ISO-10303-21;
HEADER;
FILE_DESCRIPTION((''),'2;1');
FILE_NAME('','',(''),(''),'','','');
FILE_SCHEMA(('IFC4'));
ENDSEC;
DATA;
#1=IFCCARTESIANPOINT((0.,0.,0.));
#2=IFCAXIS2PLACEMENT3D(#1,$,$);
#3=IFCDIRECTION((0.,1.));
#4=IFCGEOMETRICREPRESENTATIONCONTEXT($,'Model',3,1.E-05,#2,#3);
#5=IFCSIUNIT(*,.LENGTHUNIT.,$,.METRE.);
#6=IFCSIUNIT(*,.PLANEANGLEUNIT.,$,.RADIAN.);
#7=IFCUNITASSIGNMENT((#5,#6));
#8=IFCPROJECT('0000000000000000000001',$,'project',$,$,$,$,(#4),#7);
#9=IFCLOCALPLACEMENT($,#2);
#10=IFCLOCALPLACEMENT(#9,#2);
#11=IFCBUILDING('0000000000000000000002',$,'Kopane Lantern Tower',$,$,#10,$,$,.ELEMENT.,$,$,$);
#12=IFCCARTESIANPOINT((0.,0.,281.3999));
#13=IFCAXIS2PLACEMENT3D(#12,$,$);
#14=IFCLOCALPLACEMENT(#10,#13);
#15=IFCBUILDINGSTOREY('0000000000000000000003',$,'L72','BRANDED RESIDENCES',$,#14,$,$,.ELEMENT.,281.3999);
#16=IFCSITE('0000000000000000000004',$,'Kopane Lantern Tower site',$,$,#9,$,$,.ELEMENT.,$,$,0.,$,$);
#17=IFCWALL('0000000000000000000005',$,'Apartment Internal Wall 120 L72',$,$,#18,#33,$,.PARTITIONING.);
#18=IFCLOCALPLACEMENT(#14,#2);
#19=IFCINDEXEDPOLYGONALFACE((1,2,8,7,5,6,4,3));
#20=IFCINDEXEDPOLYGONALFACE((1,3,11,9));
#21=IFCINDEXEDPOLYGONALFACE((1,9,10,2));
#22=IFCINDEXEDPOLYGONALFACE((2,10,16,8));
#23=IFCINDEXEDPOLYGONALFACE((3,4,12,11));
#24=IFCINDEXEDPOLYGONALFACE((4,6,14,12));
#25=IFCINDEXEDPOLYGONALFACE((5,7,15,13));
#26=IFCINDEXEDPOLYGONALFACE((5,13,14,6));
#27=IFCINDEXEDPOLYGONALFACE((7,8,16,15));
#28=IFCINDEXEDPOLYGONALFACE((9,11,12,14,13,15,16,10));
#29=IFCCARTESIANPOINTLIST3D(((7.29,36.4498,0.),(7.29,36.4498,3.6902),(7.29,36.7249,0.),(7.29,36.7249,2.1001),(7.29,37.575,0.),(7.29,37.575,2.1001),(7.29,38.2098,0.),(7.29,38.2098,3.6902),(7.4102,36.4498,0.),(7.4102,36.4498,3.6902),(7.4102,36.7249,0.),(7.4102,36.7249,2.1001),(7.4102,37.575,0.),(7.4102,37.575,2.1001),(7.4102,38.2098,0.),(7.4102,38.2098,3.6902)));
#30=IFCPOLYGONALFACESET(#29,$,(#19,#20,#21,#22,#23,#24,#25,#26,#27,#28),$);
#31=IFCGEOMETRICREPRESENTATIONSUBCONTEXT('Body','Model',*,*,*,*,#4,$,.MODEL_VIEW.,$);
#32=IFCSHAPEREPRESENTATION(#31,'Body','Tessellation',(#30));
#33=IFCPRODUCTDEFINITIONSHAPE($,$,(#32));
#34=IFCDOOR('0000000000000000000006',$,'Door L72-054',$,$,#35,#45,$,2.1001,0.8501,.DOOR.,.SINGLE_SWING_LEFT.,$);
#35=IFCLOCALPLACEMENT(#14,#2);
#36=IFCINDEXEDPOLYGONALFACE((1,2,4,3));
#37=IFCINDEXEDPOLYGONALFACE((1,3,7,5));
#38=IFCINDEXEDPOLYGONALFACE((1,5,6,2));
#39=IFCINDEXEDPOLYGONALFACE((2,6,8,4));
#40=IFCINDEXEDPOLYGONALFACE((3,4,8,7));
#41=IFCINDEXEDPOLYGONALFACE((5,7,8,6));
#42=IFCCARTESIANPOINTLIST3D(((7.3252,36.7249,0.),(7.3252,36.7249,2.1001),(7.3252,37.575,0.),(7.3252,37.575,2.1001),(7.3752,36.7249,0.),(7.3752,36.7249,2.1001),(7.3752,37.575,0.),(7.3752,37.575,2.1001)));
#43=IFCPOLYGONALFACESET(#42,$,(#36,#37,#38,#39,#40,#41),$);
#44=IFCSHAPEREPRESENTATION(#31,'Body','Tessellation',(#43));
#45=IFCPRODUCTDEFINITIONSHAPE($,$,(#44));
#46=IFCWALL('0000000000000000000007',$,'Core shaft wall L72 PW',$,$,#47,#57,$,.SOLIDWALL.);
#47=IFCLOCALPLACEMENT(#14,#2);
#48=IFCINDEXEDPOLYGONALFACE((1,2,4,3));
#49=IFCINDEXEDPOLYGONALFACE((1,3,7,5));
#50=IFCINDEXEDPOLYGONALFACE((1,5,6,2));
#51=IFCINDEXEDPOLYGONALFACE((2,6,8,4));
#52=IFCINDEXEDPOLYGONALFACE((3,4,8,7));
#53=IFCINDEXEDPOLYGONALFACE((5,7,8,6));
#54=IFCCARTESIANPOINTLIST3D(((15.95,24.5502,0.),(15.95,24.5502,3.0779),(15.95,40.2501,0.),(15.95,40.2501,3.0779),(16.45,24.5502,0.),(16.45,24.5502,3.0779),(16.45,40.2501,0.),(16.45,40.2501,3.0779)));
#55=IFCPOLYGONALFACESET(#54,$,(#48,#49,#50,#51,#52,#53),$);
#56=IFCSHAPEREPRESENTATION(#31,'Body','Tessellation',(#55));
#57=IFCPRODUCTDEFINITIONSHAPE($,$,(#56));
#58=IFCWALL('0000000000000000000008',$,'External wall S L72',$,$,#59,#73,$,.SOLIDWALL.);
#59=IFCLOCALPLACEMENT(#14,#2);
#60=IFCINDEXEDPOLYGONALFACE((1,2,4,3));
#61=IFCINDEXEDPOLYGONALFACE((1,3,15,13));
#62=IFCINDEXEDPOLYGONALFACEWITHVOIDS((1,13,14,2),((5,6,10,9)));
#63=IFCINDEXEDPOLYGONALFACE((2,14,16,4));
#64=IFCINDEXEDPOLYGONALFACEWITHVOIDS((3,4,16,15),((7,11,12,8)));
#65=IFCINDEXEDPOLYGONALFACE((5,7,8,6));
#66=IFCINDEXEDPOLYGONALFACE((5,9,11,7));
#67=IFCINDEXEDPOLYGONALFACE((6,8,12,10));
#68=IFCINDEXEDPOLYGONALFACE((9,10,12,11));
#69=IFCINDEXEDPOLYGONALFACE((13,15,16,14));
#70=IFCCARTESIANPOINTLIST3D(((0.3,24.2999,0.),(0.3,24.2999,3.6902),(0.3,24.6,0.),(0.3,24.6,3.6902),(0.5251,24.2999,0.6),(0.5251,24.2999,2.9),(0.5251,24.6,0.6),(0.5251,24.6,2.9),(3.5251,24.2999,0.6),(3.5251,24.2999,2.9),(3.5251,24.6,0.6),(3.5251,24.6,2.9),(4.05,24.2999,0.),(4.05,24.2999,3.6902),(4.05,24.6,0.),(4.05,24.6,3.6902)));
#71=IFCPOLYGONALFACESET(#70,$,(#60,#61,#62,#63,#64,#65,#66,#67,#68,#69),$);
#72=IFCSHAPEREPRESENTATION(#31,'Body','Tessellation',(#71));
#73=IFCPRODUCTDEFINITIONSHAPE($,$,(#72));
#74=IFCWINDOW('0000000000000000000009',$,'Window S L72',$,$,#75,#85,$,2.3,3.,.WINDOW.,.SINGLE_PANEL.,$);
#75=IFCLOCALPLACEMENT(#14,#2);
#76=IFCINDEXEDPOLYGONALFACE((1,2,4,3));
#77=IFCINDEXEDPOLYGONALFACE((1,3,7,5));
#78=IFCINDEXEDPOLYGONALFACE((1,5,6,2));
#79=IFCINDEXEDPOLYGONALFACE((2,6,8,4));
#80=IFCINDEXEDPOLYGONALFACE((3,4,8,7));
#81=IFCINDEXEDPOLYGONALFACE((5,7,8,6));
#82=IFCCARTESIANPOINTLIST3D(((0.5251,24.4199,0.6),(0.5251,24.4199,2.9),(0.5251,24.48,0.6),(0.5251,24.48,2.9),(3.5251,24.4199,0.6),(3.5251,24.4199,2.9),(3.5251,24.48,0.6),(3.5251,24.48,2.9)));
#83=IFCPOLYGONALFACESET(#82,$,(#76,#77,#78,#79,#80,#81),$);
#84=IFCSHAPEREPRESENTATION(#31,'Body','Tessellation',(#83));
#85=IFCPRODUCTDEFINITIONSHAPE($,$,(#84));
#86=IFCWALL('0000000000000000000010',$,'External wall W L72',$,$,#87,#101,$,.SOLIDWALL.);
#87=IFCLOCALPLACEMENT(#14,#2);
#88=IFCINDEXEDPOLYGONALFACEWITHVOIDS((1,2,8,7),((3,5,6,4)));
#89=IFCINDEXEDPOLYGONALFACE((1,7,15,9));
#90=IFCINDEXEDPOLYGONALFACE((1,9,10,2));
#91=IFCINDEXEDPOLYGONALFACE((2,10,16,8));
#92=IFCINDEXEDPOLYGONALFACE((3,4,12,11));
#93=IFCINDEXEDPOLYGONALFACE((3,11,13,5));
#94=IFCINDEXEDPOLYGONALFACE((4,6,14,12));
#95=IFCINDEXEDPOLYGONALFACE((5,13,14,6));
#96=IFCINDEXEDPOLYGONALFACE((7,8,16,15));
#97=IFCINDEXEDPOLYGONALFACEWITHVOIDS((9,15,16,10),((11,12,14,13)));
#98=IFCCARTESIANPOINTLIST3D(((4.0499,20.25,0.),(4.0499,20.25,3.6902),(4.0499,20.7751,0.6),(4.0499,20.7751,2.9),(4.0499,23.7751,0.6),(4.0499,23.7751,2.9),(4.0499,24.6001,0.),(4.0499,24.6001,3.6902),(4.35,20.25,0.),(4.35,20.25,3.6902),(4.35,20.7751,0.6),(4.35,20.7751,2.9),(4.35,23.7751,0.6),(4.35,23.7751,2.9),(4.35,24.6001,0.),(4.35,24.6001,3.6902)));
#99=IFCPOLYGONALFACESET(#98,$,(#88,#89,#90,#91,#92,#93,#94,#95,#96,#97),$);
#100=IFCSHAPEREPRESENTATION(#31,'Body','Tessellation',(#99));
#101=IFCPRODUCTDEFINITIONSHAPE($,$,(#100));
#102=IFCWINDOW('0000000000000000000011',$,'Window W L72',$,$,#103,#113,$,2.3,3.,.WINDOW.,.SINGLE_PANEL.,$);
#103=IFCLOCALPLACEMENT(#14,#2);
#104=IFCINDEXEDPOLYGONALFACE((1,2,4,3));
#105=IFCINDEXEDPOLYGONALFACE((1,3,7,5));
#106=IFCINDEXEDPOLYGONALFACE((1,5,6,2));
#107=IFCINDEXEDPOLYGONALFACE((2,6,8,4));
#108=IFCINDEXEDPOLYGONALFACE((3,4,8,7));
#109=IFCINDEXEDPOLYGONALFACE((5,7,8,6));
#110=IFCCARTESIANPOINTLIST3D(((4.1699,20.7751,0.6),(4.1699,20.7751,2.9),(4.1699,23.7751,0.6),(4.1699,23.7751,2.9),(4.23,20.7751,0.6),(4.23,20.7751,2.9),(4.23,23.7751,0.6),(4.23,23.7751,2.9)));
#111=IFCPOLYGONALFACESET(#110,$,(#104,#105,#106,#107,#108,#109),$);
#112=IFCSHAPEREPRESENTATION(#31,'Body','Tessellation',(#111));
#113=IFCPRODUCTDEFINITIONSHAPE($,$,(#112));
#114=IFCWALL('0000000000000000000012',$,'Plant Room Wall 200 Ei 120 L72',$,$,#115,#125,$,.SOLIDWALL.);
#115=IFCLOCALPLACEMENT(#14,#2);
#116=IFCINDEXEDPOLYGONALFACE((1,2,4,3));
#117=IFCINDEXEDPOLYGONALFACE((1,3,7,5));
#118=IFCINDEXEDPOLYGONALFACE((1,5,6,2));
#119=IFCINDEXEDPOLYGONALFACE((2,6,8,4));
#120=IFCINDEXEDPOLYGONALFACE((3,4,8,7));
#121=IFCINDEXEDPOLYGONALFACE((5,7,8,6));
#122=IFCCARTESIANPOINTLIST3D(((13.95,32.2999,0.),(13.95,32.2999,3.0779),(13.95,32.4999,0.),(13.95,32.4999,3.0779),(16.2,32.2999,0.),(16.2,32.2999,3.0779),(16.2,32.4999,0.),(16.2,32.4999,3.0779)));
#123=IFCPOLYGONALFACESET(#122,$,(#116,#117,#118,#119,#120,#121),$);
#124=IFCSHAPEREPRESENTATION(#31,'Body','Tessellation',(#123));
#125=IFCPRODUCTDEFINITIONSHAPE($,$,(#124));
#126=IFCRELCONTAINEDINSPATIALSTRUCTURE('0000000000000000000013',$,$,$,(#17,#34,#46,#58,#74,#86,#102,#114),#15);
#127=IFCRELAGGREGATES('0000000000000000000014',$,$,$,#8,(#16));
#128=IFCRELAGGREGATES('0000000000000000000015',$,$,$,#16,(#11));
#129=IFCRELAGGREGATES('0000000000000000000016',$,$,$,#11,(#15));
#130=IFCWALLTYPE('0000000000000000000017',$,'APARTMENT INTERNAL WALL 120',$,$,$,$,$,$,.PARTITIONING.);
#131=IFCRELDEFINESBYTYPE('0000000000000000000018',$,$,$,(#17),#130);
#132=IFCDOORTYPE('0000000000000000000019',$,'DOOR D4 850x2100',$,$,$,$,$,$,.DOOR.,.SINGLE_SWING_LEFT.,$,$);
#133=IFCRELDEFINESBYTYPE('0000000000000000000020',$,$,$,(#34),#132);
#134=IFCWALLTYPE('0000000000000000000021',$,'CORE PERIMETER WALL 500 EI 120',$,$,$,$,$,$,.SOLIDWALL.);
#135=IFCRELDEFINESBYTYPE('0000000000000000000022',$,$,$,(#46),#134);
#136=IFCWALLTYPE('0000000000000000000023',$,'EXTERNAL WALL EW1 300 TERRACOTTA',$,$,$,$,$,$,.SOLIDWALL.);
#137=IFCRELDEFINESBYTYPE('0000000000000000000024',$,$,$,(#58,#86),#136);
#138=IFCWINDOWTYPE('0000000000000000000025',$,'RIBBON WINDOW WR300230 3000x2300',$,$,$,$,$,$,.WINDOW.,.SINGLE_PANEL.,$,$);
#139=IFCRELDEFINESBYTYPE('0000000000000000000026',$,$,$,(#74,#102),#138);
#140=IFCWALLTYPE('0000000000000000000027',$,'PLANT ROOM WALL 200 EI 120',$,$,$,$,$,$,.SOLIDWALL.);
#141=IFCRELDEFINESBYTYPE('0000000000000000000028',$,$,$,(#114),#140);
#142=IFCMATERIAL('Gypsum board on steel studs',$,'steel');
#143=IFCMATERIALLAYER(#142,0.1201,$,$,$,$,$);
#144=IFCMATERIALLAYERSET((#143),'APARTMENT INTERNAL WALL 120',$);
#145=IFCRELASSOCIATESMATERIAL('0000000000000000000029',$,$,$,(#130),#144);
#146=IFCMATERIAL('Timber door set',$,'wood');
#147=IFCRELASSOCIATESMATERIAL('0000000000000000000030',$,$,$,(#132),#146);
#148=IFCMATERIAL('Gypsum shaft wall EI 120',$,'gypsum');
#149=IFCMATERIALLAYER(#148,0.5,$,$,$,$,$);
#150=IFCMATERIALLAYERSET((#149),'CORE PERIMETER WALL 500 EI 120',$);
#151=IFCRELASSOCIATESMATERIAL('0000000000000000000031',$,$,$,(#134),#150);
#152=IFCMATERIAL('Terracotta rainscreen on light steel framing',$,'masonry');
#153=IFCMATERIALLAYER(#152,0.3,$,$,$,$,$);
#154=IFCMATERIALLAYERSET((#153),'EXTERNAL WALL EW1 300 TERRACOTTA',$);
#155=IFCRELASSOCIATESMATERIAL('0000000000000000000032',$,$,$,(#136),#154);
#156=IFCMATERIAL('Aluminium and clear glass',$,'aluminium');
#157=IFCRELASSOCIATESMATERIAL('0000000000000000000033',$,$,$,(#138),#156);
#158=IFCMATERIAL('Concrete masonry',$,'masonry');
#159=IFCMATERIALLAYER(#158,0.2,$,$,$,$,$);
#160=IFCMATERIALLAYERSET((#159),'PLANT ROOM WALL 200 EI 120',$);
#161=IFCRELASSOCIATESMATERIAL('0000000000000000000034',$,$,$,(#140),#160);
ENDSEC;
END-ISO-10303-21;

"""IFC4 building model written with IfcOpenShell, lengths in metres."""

from ifc_helpers import new_model, si_unit, direction, frame, frame_2d, origin, place, context, subcontext, project, spatial, rectangle, extrude, material, layer, layer_set, type_object, element, fill, save


model = new_model("IFC4")

# Units and contexts
model_context = context("Model", 3, precision=1e-05, world=origin(), true_north=direction((0.0, 1.0)))
body_context = subcontext(model_context, "Body", "Model", "MODEL_VIEW")
ifc_project = project(units=[si_unit("LENGTHUNIT", "METRE"), si_unit("PLANEANGLEUNIT", "RADIAN")], contexts=[model_context])

# Site, building, storey
site_placement = place(None, origin())
site = spatial("IfcSite", under=ifc_project, at=site_placement, Name="Kopane Lantern Tower site", CompositionType="ELEMENT", RefElevation=0.0)
building_placement = place(site_placement, origin())
building = spatial("IfcBuilding", under=site, at=building_placement, Name="Kopane Lantern Tower", CompositionType="ELEMENT")
storey_placement = place(building_placement, frame((0.0, 0.0, 281.3999)))
storey = spatial("IfcBuildingStorey", under=building, at=storey_placement, Name="L72", Description="BRANDED RESIDENCES", CompositionType="ELEMENT", Elevation=281.3999)

# Shared definitions
ifc_material_1 = material(Name="Gypsum board on steel studs", Category="steel")
ifc_layer_1 = layer(ifc_material_1, 0.1201)
ifc_layer_set_1 = layer_set([ifc_layer_1], Name="APARTMENT INTERNAL WALL 120")
wall_type_1 = type_object("IfcWallType", Name="APARTMENT INTERNAL WALL 120", PredefinedType="PARTITIONING", material=ifc_layer_set_1)

# Wall, opening, door
wall_1_placement = place(storey_placement, frame((7.3501, 36.45, 0.0), z_axis=(0.0, 0.0, 1.0), x_axis=(0.0, 1.0, 0.0)))
wall_1 = element("IfcWall", 1, at=wall_1_placement, inside=storey, type_object=wall_type_1, Name="Apartment Internal Wall 120 L72", PredefinedType="PARTITIONING", context=body_context, shape_type="SweptSolid", body=[
    extrude(rectangle(XDim=1.76, YDim=0.1201, at=frame_2d((0.8799, 0.0))), origin(), (0.0, 0.0, 1.0), 3.6902),
])
opening_1_placement = place(wall_1_placement, frame((0.2749, 0.0, 0.0)))
opening_1 = element("IfcOpeningElement", 2, at=opening_1_placement, cuts=wall_1, PredefinedType="OPENING", context=body_context, shape_type="SweptSolid", body=[
    extrude(rectangle(XDim=0.8501, YDim=2.1001, at=frame_2d((0.425, 1.05))), frame((0.0, 0.0701, 0.0), z_axis=(0.0, -1.0, 0.0), x_axis=(1.0, 0.0, 0.0)), (0.0, 0.0, 1.0), 0.1401),
])
ifc_material_2 = material(Name="Timber door set", Category="wood")
door_type = type_object("IfcDoorType", Name="DOOR D4 850x2100", OperationType="SINGLE_SWING_LEFT", PredefinedType="DOOR", material=ifc_material_2)
door_placement = place(opening_1_placement, origin())
door = element("IfcDoor", 3, at=door_placement, inside=storey, type_object=door_type, Name="Door L72-054", OperationType="SINGLE_SWING_LEFT", OverallHeight=2.1001, OverallWidth=0.8501, PredefinedType="DOOR", context=body_context, shape_type="SweptSolid", body=[
    extrude(rectangle(XDim=0.8501, YDim=2.1001, at=frame_2d((0.425, 1.05))), frame((0.0, 0.0249, 0.0), z_axis=(0.0, -1.0, 0.0), x_axis=(1.0, 0.0, 0.0)), (0.0, 0.0, 1.0), 0.05),
])
fill(opening_1, door)

# Wall
ifc_material_3 = material(Name="Gypsum shaft wall EI 120", Category="gypsum")
ifc_layer_2 = layer(ifc_material_3, 0.5)
ifc_layer_set_2 = layer_set([ifc_layer_2], Name="CORE PERIMETER WALL 500 EI 120")
wall_type_2 = type_object("IfcWallType", Name="CORE PERIMETER WALL 500 EI 120", PredefinedType="SOLIDWALL", material=ifc_layer_set_2)
wall_2_placement = place(storey_placement, frame((16.2, 24.55, 0.0), z_axis=(0.0, 0.0, 1.0), x_axis=(0.0, 1.0, 0.0)))
element("IfcWall", 4, at=wall_2_placement, inside=storey, type_object=wall_type_2, Name="Core shaft wall L72 PW", PredefinedType="SOLIDWALL", context=body_context, shape_type="SweptSolid", body=[
    extrude(rectangle(XDim=15.7, YDim=0.5, at=frame_2d((7.8501, 0.0))), origin(), (0.0, 0.0, 1.0), 3.0779),
])

# Walls, openings, windows
ifc_material_4 = material(Name="Terracotta rainscreen on light steel framing", Category="masonry")
ifc_layer_3 = layer(ifc_material_4, 0.3)
ifc_layer_set_3 = layer_set([ifc_layer_3], Name="EXTERNAL WALL EW1 300 TERRACOTTA")
wall_type_3 = type_object("IfcWallType", Name="EXTERNAL WALL EW1 300 TERRACOTTA", PredefinedType="SOLIDWALL", material=ifc_layer_set_3)
wall_3_placement = place(storey_placement, frame((0.3, 24.45, 0.0), z_axis=(0.0, 0.0, 1.0), x_axis=(1.0, 0.0, 0.0)))
wall_3 = element("IfcWall", 5, at=wall_3_placement, inside=storey, type_object=wall_type_3, Name="External wall S L72", PredefinedType="SOLIDWALL", context=body_context, shape_type="SweptSolid", body=[
    extrude(rectangle(XDim=3.75, YDim=0.3, at=frame_2d((1.875, 0.0))), origin(), (0.0, 0.0, 1.0), 3.6902),
])
opening_2_placement = place(wall_3_placement, frame((0.2251, 0.0, 0.6001)))
opening_2 = element("IfcOpeningElement", 6, at=opening_2_placement, cuts=wall_3, PredefinedType="OPENING", context=body_context, shape_type="SweptSolid", body=[
    extrude(rectangle(XDim=3.0, YDim=2.3, at=frame_2d((1.5, 1.1499))), frame((0.0, 0.1599, 0.0), z_axis=(0.0, -1.0, 0.0), x_axis=(1.0, 0.0, 0.0)), (0.0, 0.0, 1.0), 0.3201),
])
ifc_material_5 = material(Name="Aluminium and clear glass", Category="aluminium")
window_type = type_object("IfcWindowType", Name="RIBBON WINDOW WR300230 3000x2300", PartitioningType="SINGLE_PANEL", PredefinedType="WINDOW", material=ifc_material_5)
window_1_placement = place(opening_2_placement, origin())
window_1 = element("IfcWindow", 7, at=window_1_placement, inside=storey, type_object=window_type, Name="Window S L72", OverallHeight=2.3, OverallWidth=3.0, PartitioningType="SINGLE_PANEL", PredefinedType="WINDOW", context=body_context, shape_type="SweptSolid", body=[
    extrude(rectangle(XDim=3.0, YDim=2.3, at=frame_2d((1.5, 1.1499))), frame((0.0, 0.03, 0.0), z_axis=(0.0, -1.0, 0.0), x_axis=(1.0, 0.0, 0.0)), (0.0, 0.0, 1.0), 0.0601),
])
fill(opening_2, window_1)
wall_4_placement = place(storey_placement, frame((4.2, 24.6001, 0.0), z_axis=(0.0, 0.0, 1.0), x_axis=(0.0, -1.0, 0.0)))
wall_4 = element("IfcWall", 8, at=wall_4_placement, inside=storey, type_object=wall_type_3, Name="External wall W L72", PredefinedType="SOLIDWALL", context=body_context, shape_type="SweptSolid", body=[
    extrude(rectangle(XDim=4.3501, YDim=0.3, at=frame_2d((2.175, 0.0))), origin(), (0.0, 0.0, 1.0), 3.6902),
])
opening_3_placement = place(wall_4_placement, frame((0.825, 0.0, 0.6001)))
opening_3 = element("IfcOpeningElement", 9, at=opening_3_placement, cuts=wall_4, PredefinedType="OPENING", context=body_context, shape_type="SweptSolid", body=[
    extrude(rectangle(XDim=3.0, YDim=2.3, at=frame_2d((1.5, 1.1499))), frame((0.0, 0.1599, 0.0), z_axis=(0.0, -1.0, 0.0), x_axis=(1.0, 0.0, 0.0)), (0.0, 0.0, 1.0), 0.3201),
])
window_2_placement = place(opening_3_placement, origin())
window_2 = element("IfcWindow", 10, at=window_2_placement, inside=storey, type_object=window_type, Name="Window W L72", OverallHeight=2.3, OverallWidth=3.0, PartitioningType="SINGLE_PANEL", PredefinedType="WINDOW", context=body_context, shape_type="SweptSolid", body=[
    extrude(rectangle(XDim=3.0, YDim=2.3, at=frame_2d((1.5, 1.1499))), frame((0.0, 0.03, 0.0), z_axis=(0.0, -1.0, 0.0), x_axis=(1.0, 0.0, 0.0)), (0.0, 0.0, 1.0), 0.0601),
])
fill(opening_3, window_2)

# Wall
ifc_material_6 = material(Name="Concrete masonry", Category="masonry")
ifc_layer_4 = layer(ifc_material_6, 0.2)
ifc_layer_set_4 = layer_set([ifc_layer_4], Name="PLANT ROOM WALL 200 EI 120")
wall_type_4 = type_object("IfcWallType", Name="PLANT ROOM WALL 200 EI 120", PredefinedType="SOLIDWALL", material=ifc_layer_set_4)
wall_5_placement = place(storey_placement, frame((13.95, 32.3999, 0.0), z_axis=(0.0, 0.0, 1.0), x_axis=(1.0, 0.0, 0.0)))
element("IfcWall", 11, at=wall_5_placement, inside=storey, type_object=wall_type_4, Name="Plant Room Wall 200 Ei 120 L72", PredefinedType="SOLIDWALL", context=body_context, shape_type="SweptSolid", body=[
    extrude(rectangle(XDim=2.25, YDim=0.2, at=frame_2d((1.125, 0.0))), origin(), (0.0, 0.0, 1.0), 3.0779),
])

save(model, "model.ifc")
